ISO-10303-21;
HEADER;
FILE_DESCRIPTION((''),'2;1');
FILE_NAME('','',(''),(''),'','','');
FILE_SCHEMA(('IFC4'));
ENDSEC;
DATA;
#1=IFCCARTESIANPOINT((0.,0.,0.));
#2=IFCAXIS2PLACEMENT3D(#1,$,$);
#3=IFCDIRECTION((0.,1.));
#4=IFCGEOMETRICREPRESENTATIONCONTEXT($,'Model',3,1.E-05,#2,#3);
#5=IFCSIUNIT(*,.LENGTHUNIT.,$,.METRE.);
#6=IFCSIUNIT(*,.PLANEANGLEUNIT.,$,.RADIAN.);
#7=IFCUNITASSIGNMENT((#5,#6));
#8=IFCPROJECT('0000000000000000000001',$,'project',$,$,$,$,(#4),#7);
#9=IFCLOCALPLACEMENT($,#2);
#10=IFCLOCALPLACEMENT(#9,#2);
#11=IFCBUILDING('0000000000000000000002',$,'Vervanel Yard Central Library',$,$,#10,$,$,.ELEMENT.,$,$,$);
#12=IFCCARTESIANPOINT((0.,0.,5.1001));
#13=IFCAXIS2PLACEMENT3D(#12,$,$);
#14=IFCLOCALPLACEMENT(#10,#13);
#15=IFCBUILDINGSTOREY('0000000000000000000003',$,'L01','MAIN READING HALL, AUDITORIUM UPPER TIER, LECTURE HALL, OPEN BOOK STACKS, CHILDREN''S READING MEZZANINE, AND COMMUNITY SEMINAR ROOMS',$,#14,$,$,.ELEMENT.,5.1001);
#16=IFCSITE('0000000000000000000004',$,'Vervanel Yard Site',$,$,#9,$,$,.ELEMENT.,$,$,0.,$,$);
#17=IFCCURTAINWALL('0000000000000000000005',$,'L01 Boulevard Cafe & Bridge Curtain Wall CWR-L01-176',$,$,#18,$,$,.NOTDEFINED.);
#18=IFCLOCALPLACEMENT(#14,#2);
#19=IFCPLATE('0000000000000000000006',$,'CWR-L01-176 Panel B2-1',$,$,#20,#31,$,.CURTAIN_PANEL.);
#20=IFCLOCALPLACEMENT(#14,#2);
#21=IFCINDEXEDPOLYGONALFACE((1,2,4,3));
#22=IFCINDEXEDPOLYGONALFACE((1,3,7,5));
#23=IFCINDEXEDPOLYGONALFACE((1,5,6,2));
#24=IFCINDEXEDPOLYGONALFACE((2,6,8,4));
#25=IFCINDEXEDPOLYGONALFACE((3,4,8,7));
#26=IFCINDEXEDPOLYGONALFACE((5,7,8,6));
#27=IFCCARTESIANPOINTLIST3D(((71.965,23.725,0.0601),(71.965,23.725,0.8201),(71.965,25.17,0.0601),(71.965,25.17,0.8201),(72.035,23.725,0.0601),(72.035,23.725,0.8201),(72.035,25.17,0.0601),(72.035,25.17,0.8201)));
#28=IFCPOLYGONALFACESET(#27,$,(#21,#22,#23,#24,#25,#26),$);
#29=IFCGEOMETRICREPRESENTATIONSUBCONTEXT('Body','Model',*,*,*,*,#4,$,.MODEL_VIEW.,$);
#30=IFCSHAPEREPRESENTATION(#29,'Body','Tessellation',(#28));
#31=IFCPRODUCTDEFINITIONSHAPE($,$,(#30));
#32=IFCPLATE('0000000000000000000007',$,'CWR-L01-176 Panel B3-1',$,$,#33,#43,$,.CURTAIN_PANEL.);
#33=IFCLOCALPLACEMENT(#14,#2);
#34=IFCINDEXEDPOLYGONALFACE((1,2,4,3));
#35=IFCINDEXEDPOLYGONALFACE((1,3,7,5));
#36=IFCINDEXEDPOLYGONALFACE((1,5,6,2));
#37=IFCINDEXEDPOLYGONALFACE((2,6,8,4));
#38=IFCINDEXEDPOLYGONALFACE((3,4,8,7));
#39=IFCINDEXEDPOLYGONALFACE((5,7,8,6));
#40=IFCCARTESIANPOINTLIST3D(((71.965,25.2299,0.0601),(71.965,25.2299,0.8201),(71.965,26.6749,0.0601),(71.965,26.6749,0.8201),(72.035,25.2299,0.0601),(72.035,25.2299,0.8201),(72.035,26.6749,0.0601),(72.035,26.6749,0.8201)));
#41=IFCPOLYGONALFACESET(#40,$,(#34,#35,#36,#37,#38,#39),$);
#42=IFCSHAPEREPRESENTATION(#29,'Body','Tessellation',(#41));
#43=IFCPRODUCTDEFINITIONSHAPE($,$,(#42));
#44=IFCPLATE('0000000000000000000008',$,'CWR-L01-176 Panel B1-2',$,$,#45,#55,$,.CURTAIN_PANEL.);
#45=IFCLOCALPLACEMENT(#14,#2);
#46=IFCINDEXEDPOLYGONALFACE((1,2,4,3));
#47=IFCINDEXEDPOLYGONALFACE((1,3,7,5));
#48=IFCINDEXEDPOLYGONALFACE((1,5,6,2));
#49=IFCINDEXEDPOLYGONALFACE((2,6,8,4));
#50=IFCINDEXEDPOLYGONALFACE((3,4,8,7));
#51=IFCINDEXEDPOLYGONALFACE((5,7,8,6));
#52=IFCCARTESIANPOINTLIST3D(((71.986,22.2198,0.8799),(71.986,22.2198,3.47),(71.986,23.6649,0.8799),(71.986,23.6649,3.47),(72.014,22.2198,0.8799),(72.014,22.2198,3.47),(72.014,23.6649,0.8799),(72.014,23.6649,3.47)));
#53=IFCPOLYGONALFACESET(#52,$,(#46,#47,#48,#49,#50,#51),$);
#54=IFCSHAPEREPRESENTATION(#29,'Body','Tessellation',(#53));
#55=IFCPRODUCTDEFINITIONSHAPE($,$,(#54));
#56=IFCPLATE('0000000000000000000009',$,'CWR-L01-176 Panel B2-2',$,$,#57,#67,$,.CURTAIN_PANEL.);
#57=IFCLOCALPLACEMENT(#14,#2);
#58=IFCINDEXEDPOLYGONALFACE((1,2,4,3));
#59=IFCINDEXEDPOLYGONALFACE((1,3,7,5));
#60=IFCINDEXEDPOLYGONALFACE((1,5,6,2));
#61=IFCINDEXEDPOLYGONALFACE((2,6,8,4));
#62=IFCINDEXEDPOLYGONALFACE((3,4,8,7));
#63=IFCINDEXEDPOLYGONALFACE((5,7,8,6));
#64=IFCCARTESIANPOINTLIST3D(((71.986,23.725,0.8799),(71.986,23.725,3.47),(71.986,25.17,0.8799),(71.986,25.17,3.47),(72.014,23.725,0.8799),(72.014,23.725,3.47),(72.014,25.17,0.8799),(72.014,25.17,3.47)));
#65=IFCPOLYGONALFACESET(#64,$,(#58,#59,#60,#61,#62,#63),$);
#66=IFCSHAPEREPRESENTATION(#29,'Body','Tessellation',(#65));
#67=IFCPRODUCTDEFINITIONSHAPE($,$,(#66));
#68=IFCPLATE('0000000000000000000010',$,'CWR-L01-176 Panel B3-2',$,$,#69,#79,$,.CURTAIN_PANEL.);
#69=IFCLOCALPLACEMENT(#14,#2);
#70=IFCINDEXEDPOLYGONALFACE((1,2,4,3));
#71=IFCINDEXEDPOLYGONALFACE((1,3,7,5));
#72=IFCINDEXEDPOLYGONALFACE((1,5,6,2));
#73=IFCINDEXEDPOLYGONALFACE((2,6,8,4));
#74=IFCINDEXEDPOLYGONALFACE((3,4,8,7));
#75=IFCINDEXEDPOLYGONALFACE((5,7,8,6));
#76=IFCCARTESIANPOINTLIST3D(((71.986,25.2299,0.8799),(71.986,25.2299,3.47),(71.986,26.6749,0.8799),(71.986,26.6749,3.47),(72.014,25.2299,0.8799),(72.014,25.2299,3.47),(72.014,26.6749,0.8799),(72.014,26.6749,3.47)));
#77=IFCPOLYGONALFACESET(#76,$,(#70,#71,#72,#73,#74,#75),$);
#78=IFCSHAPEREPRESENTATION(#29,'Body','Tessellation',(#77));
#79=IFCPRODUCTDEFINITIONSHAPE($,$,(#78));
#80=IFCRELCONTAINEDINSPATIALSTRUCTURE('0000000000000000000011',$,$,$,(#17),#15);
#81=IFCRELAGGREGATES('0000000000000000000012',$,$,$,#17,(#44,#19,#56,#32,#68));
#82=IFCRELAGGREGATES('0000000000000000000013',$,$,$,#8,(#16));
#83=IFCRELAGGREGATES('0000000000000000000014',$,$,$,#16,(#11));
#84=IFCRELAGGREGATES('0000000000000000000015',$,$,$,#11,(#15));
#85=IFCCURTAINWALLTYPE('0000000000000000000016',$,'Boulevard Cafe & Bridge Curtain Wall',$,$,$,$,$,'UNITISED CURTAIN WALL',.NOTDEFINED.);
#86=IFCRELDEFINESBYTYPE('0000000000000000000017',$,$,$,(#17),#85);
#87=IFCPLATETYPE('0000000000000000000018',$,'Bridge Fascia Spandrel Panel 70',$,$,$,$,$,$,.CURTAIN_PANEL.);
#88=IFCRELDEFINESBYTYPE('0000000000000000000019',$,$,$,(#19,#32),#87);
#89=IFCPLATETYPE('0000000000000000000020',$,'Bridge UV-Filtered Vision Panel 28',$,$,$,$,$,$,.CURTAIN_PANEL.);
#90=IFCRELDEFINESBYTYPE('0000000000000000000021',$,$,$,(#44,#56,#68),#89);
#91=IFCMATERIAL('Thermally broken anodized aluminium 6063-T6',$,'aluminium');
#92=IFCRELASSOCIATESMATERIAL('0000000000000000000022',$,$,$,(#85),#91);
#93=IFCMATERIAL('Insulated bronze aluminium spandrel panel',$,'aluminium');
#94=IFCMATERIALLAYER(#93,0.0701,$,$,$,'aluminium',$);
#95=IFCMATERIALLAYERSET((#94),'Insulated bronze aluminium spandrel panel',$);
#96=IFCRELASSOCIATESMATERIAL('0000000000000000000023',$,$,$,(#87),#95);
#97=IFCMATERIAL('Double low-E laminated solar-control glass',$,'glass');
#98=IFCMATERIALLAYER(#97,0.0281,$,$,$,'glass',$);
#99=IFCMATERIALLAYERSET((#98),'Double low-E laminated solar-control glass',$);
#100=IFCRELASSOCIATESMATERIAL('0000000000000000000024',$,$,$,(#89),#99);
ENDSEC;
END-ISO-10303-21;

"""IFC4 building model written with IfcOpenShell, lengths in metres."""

from ifc_helpers import new_model, si_unit, direction, frame, origin, origin_2d, place, context, subcontext, project, spatial, rectangle, extrude, material, layer, layer_set, type_object, element, aggregate, save


model = new_model("IFC4")

# Units and contexts
model_context = context("Model", 3, precision=1e-05, world=origin(), true_north=direction((0.0, 1.0)))
body_context = subcontext(model_context, "Body", "Model", "MODEL_VIEW")
ifc_project = project(units=[si_unit("LENGTHUNIT", "METRE"), si_unit("PLANEANGLEUNIT", "RADIAN")], contexts=[model_context])

# Site, building, storey
site_placement = place(None, origin())
site = spatial("IfcSite", under=ifc_project, at=site_placement, Name="Vervanel Yard Site", CompositionType="ELEMENT", RefElevation=0.0)
building_placement = place(site_placement, origin())
building = spatial("IfcBuilding", under=site, at=building_placement, Name="Vervanel Yard Central Library", CompositionType="ELEMENT")
storey_placement = place(building_placement, frame((0.0, 0.0, 5.1001)))
storey = spatial("IfcBuildingStorey", under=building, at=storey_placement, Name="L01", Description="MAIN READING HALL, AUDITORIUM UPPER TIER, LECTURE HALL, OPEN BOOK STACKS, CHILDREN'S READING MEZZANINE, AND COMMUNITY SEMINAR ROOMS", CompositionType="ELEMENT", Elevation=5.1001)

# Curtain wall
ifc_material_1 = material(Name="Thermally broken anodized aluminium 6063-T6", Category="aluminium")
curtain_wall_type = type_object("IfcCurtainWallType", Name="Boulevard Cafe & Bridge Curtain Wall", ElementType="UNITISED CURTAIN WALL", PredefinedType="NOTDEFINED", material=ifc_material_1)
curtain_wall_placement = place(storey_placement, origin())
curtain_wall = element("IfcCurtainWall", 1, at=curtain_wall_placement, inside=storey, type_object=curtain_wall_type, Name="L01 Boulevard Cafe & Bridge Curtain Wall CWR-L01-176", PredefinedType="NOTDEFINED")

# Plates
ifc_material_2 = material(Name="Insulated bronze aluminium spandrel panel", Category="aluminium")
ifc_layer_1 = layer(ifc_material_2, 0.0701, Category="aluminium")
ifc_layer_set_1 = layer_set([ifc_layer_1], Name="Insulated bronze aluminium spandrel panel")
plate_type_1 = type_object("IfcPlateType", Name="Bridge Fascia Spandrel Panel 70", PredefinedType="CURTAIN_PANEL", material=ifc_layer_set_1)
plate_1_placement = place(storey_placement, frame((72.0, 24.4475, 0.0601), z_axis=(0.0, 0.0, 1.0), x_axis=(0.0, 1.0, 0.0)))
plate_1 = element("IfcPlate", 2, at=plate_1_placement, type_object=plate_type_1, Name="CWR-L01-176 Panel B2-1", PredefinedType="CURTAIN_PANEL", context=body_context, shape_type="SweptSolid", body=[
    extrude(rectangle(XDim=1.4451, YDim=0.0701, at=origin_2d()), origin(), (0.0, 0.0, 1.0), 0.76),
])
plate_2_placement = place(storey_placement, frame((72.0, 25.9524, 0.0601), z_axis=(0.0, 0.0, 1.0), x_axis=(0.0, 1.0, 0.0)))
plate_2 = element("IfcPlate", 3, at=plate_2_placement, type_object=plate_type_1, Name="CWR-L01-176 Panel B3-1", PredefinedType="CURTAIN_PANEL", context=body_context, shape_type="SweptSolid", body=[
    extrude(rectangle(XDim=1.4451, YDim=0.0701, at=origin_2d()), origin(), (0.0, 0.0, 1.0), 0.76),
])
ifc_material_3 = material(Name="Double low-E laminated solar-control glass", Category="glass")
ifc_layer_2 = layer(ifc_material_3, 0.0281, Category="glass")
ifc_layer_set_2 = layer_set([ifc_layer_2], Name="Double low-E laminated solar-control glass")
plate_type_2 = type_object("IfcPlateType", Name="Bridge UV-Filtered Vision Panel 28", PredefinedType="CURTAIN_PANEL", material=ifc_layer_set_2)
plate_3_placement = place(storey_placement, frame((72.0, 22.9424, 0.8799), z_axis=(0.0, 0.0, 1.0), x_axis=(0.0, 1.0, 0.0)))
plate_3 = element("IfcPlate", 4, at=plate_3_placement, type_object=plate_type_2, Name="CWR-L01-176 Panel B1-2", PredefinedType="CURTAIN_PANEL", context=body_context, shape_type="SweptSolid", body=[
    extrude(rectangle(XDim=1.4451, YDim=0.0281, at=origin_2d()), origin(), (0.0, 0.0, 1.0), 2.5901),
])
plate_4_placement = place(storey_placement, frame((72.0, 24.4475, 0.8799), z_axis=(0.0, 0.0, 1.0), x_axis=(0.0, 1.0, 0.0)))
plate_4 = element("IfcPlate", 5, at=plate_4_placement, type_object=plate_type_2, Name="CWR-L01-176 Panel B2-2", PredefinedType="CURTAIN_PANEL", context=body_context, shape_type="SweptSolid", body=[
    extrude(rectangle(XDim=1.4451, YDim=0.0281, at=origin_2d()), origin(), (0.0, 0.0, 1.0), 2.5901),
])
plate_5_placement = place(storey_placement, frame((72.0, 25.9524, 0.8799), z_axis=(0.0, 0.0, 1.0), x_axis=(0.0, 1.0, 0.0)))
plate_5 = element("IfcPlate", 6, at=plate_5_placement, type_object=plate_type_2, Name="CWR-L01-176 Panel B3-2", PredefinedType="CURTAIN_PANEL", context=body_context, shape_type="SweptSolid", body=[
    extrude(rectangle(XDim=1.4451, YDim=0.0281, at=origin_2d()), origin(), (0.0, 0.0, 1.0), 2.5901),
])
aggregate(curtain_wall, [plate_3, plate_1, plate_4, plate_2, plate_5])

save(model, "model.ifc")
